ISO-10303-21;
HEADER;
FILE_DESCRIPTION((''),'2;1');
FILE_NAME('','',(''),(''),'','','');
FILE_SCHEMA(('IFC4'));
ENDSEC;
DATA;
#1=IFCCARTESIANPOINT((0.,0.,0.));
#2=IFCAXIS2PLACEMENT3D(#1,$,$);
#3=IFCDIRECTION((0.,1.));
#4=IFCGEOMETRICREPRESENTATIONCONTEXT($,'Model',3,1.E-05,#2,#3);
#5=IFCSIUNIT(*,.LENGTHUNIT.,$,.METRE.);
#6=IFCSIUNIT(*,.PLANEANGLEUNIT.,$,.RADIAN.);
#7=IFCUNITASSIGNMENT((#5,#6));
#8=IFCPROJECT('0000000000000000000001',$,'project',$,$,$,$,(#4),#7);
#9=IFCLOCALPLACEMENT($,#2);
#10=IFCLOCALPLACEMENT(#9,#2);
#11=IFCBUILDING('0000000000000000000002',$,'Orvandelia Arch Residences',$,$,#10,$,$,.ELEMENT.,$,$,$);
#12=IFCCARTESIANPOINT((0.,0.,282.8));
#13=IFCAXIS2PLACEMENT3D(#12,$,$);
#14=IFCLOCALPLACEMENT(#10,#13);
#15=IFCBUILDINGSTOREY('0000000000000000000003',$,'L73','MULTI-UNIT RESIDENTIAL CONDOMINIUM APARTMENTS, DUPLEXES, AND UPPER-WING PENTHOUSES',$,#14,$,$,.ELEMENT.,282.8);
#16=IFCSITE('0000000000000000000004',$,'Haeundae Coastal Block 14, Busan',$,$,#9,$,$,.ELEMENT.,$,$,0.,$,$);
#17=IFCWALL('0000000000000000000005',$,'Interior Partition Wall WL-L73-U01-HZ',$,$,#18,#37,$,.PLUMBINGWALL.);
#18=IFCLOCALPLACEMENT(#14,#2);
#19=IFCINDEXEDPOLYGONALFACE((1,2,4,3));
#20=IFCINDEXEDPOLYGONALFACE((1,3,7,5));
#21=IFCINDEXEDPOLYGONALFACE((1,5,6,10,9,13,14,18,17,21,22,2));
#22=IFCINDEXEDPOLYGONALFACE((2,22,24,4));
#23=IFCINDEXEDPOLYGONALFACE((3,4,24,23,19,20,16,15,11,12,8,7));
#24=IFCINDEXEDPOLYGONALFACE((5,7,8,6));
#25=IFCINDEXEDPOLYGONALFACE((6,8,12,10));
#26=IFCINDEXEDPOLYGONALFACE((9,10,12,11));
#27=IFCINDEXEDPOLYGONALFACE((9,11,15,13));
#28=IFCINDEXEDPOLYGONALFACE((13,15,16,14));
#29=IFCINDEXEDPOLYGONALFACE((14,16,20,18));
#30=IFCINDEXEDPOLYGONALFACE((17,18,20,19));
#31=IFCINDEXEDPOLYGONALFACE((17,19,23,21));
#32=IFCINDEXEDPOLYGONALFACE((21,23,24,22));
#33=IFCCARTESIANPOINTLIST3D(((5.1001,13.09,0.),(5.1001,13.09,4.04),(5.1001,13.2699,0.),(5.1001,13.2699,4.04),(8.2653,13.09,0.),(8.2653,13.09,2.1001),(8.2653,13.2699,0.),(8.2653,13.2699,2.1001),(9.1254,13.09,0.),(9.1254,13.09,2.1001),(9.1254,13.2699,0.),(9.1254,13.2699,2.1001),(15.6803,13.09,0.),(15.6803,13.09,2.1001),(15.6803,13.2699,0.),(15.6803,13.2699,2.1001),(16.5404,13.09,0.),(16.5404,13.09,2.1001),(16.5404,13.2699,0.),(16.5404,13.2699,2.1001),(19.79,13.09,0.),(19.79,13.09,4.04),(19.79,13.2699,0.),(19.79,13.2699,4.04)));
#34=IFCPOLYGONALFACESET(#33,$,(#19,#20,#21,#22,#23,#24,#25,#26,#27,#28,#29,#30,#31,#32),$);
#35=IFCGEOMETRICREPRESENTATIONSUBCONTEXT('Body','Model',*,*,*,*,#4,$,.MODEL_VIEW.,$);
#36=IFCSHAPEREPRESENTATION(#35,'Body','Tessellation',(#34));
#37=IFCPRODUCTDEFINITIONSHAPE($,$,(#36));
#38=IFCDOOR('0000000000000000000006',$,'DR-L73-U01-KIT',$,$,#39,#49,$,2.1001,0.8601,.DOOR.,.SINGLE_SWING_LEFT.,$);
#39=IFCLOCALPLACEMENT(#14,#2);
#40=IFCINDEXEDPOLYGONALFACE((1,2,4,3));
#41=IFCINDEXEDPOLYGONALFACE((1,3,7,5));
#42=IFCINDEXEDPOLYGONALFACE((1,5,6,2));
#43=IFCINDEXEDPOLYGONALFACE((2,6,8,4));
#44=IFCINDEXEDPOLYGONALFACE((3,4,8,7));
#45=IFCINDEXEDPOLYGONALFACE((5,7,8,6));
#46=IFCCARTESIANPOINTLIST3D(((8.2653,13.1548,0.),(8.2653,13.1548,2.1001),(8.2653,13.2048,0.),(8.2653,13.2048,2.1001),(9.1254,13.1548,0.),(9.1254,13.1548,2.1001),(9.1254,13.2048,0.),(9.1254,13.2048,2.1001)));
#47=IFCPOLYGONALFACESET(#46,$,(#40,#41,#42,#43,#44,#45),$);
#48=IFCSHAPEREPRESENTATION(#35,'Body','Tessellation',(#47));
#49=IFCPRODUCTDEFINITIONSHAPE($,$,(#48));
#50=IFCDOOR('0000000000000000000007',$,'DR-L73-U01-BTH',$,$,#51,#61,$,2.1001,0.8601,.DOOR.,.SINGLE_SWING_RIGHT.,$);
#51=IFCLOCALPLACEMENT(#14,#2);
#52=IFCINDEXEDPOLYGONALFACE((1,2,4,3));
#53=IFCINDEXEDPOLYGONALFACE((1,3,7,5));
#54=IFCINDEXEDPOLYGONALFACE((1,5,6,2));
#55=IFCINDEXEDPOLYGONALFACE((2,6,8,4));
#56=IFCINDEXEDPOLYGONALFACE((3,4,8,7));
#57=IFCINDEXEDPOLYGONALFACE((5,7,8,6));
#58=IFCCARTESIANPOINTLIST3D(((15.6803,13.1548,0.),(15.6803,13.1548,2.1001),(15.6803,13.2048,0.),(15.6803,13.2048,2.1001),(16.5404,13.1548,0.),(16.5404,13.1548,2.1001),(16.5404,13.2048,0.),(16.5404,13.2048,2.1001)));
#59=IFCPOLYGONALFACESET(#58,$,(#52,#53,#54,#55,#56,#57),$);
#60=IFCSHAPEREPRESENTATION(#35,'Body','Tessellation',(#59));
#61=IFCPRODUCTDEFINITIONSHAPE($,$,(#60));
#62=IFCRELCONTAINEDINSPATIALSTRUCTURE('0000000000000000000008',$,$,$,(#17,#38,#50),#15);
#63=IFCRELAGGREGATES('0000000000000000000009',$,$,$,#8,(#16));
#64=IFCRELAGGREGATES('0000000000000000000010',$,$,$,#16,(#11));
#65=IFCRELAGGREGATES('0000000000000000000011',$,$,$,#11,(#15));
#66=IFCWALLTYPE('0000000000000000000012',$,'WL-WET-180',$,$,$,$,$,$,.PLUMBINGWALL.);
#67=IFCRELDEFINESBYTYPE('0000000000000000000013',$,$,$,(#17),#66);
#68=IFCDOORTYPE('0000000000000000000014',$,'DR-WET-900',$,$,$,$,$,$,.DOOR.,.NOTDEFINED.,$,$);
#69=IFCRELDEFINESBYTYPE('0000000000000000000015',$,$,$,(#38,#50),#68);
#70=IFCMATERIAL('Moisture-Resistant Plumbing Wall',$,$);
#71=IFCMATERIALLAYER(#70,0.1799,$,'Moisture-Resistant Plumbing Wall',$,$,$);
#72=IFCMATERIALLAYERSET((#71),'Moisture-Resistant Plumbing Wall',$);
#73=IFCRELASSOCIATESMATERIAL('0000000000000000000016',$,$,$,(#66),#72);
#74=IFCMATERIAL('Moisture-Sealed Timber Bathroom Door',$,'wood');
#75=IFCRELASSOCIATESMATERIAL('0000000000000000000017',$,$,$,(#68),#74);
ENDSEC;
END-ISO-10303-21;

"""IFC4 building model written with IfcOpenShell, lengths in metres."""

from ifc_helpers import new_model, si_unit, direction, frame, frame_2d, origin, place, context, subcontext, project, spatial, rectangle, extrude, material, layer, layer_set, type_object, element, fill, save


model = new_model("IFC4")

# Units and contexts
model_context = context("Model", 3, precision=1e-05, world=origin(), true_north=direction((0.0, 1.0)))
body_context = subcontext(model_context, "Body", "Model", "MODEL_VIEW")
ifc_project = project(units=[si_unit("LENGTHUNIT", "METRE"), si_unit("PLANEANGLEUNIT", "RADIAN")], contexts=[model_context])

# Site, building, storey
site_placement = place(None, origin())
site = spatial("IfcSite", under=ifc_project, at=site_placement, Name="Haeundae Coastal Block 14, Busan", CompositionType="ELEMENT", RefElevation=0.0)
building_placement = place(site_placement, origin())
building = spatial("IfcBuilding", under=site, at=building_placement, Name="Orvandelia Arch Residences", CompositionType="ELEMENT")
storey_placement = place(building_placement, frame((0.0, 0.0, 282.8)))
storey = spatial("IfcBuildingStorey", under=building, at=storey_placement, Name="L73", Description="MULTI-UNIT RESIDENTIAL CONDOMINIUM APARTMENTS, DUPLEXES, AND UPPER-WING PENTHOUSES", CompositionType="ELEMENT", Elevation=282.8)

# Wall, openings, doors
ifc_material_1 = material(Name="Moisture-Resistant Plumbing Wall")
ifc_layer_1 = layer(ifc_material_1, 0.1799, Name="Moisture-Resistant Plumbing Wall")
ifc_layer_set_1 = layer_set([ifc_layer_1], Name="Moisture-Resistant Plumbing Wall")
wall_type_1 = type_object("IfcWallType", Name="WL-WET-180", PredefinedType="PLUMBINGWALL", material=ifc_layer_set_1)
wall_1_placement = place(storey_placement, frame((5.1001, 13.1799, 0.0), z_axis=(0.0, 0.0, 1.0), x_axis=(1.0, 0.0, 0.0)))
wall_1 = element("IfcWall", 1, at=wall_1_placement, inside=storey, type_object=wall_type_1, Name="Interior Partition Wall WL-L73-U01-HZ", PredefinedType="PLUMBINGWALL", context=body_context, shape_type="SweptSolid", body=[
    extrude(rectangle(XDim=14.6899, YDim=0.1799, at=frame_2d((7.345, 0.0))), origin(), (0.0, 0.0, 1.0), 4.04),
])
opening_1_placement = place(wall_1_placement, frame((3.165, 0.0, 0.0)))
opening_1 = element("IfcOpeningElement", 2, at=opening_1_placement, cuts=wall_1, PredefinedType="OPENING", context=body_context, shape_type="SweptSolid", body=[
    extrude(rectangle(XDim=0.8601, YDim=2.1001, at=frame_2d((0.4302, 1.05))), frame((0.0, 0.1001, 0.0), z_axis=(0.0, -1.0, 0.0), x_axis=(1.0, 0.0, 0.0)), (0.0, 0.0, 1.0), 0.2),
])
opening_2_placement = place(wall_1_placement, frame((10.5801, 0.0, 0.0)))
opening_2 = element("IfcOpeningElement", 3, at=opening_2_placement, cuts=wall_1, PredefinedType="OPENING", context=body_context, shape_type="SweptSolid", body=[
    extrude(rectangle(XDim=0.8601, YDim=2.1001, at=frame_2d((0.4302, 1.05))), frame((0.0, 0.1001, 0.0), z_axis=(0.0, -1.0, 0.0), x_axis=(1.0, 0.0, 0.0)), (0.0, 0.0, 1.0), 0.2),
])
ifc_material_2 = material(Name="Moisture-Sealed Timber Bathroom Door", Category="wood")
door_type_1 = type_object("IfcDoorType", Name="DR-WET-900", OperationType="NOTDEFINED", PredefinedType="DOOR", material=ifc_material_2)
door_1_placement = place(opening_1_placement, origin())
door_1 = element("IfcDoor", 4, at=door_1_placement, inside=storey, type_object=door_type_1, Name="DR-L73-U01-KIT", OperationType="SINGLE_SWING_LEFT", OverallHeight=2.1001, OverallWidth=0.8601, PredefinedType="DOOR", context=body_context, shape_type="SweptSolid", body=[
    extrude(rectangle(XDim=0.8601, YDim=2.1001, at=frame_2d((0.4302, 1.05))), frame((0.0, 0.0249, 0.0), z_axis=(0.0, -1.0, 0.0), x_axis=(1.0, 0.0, 0.0)), (0.0, 0.0, 1.0), 0.05),
])
fill(opening_1, door_1)
door_2_placement = place(opening_2_placement, origin())
door_2 = element("IfcDoor", 5, at=door_2_placement, inside=storey, type_object=door_type_1, Name="DR-L73-U01-BTH", OperationType="SINGLE_SWING_RIGHT", OverallHeight=2.1001, OverallWidth=0.8601, PredefinedType="DOOR", context=body_context, shape_type="SweptSolid", body=[
    extrude(rectangle(XDim=0.8601, YDim=2.1001, at=frame_2d((0.4302, 1.05))), frame((0.0, 0.0249, 0.0), z_axis=(0.0, -1.0, 0.0), x_axis=(1.0, 0.0, 0.0)), (0.0, 0.0, 1.0), 0.05),
])
fill(opening_2, door_2)

save(model, "model.ifc")
